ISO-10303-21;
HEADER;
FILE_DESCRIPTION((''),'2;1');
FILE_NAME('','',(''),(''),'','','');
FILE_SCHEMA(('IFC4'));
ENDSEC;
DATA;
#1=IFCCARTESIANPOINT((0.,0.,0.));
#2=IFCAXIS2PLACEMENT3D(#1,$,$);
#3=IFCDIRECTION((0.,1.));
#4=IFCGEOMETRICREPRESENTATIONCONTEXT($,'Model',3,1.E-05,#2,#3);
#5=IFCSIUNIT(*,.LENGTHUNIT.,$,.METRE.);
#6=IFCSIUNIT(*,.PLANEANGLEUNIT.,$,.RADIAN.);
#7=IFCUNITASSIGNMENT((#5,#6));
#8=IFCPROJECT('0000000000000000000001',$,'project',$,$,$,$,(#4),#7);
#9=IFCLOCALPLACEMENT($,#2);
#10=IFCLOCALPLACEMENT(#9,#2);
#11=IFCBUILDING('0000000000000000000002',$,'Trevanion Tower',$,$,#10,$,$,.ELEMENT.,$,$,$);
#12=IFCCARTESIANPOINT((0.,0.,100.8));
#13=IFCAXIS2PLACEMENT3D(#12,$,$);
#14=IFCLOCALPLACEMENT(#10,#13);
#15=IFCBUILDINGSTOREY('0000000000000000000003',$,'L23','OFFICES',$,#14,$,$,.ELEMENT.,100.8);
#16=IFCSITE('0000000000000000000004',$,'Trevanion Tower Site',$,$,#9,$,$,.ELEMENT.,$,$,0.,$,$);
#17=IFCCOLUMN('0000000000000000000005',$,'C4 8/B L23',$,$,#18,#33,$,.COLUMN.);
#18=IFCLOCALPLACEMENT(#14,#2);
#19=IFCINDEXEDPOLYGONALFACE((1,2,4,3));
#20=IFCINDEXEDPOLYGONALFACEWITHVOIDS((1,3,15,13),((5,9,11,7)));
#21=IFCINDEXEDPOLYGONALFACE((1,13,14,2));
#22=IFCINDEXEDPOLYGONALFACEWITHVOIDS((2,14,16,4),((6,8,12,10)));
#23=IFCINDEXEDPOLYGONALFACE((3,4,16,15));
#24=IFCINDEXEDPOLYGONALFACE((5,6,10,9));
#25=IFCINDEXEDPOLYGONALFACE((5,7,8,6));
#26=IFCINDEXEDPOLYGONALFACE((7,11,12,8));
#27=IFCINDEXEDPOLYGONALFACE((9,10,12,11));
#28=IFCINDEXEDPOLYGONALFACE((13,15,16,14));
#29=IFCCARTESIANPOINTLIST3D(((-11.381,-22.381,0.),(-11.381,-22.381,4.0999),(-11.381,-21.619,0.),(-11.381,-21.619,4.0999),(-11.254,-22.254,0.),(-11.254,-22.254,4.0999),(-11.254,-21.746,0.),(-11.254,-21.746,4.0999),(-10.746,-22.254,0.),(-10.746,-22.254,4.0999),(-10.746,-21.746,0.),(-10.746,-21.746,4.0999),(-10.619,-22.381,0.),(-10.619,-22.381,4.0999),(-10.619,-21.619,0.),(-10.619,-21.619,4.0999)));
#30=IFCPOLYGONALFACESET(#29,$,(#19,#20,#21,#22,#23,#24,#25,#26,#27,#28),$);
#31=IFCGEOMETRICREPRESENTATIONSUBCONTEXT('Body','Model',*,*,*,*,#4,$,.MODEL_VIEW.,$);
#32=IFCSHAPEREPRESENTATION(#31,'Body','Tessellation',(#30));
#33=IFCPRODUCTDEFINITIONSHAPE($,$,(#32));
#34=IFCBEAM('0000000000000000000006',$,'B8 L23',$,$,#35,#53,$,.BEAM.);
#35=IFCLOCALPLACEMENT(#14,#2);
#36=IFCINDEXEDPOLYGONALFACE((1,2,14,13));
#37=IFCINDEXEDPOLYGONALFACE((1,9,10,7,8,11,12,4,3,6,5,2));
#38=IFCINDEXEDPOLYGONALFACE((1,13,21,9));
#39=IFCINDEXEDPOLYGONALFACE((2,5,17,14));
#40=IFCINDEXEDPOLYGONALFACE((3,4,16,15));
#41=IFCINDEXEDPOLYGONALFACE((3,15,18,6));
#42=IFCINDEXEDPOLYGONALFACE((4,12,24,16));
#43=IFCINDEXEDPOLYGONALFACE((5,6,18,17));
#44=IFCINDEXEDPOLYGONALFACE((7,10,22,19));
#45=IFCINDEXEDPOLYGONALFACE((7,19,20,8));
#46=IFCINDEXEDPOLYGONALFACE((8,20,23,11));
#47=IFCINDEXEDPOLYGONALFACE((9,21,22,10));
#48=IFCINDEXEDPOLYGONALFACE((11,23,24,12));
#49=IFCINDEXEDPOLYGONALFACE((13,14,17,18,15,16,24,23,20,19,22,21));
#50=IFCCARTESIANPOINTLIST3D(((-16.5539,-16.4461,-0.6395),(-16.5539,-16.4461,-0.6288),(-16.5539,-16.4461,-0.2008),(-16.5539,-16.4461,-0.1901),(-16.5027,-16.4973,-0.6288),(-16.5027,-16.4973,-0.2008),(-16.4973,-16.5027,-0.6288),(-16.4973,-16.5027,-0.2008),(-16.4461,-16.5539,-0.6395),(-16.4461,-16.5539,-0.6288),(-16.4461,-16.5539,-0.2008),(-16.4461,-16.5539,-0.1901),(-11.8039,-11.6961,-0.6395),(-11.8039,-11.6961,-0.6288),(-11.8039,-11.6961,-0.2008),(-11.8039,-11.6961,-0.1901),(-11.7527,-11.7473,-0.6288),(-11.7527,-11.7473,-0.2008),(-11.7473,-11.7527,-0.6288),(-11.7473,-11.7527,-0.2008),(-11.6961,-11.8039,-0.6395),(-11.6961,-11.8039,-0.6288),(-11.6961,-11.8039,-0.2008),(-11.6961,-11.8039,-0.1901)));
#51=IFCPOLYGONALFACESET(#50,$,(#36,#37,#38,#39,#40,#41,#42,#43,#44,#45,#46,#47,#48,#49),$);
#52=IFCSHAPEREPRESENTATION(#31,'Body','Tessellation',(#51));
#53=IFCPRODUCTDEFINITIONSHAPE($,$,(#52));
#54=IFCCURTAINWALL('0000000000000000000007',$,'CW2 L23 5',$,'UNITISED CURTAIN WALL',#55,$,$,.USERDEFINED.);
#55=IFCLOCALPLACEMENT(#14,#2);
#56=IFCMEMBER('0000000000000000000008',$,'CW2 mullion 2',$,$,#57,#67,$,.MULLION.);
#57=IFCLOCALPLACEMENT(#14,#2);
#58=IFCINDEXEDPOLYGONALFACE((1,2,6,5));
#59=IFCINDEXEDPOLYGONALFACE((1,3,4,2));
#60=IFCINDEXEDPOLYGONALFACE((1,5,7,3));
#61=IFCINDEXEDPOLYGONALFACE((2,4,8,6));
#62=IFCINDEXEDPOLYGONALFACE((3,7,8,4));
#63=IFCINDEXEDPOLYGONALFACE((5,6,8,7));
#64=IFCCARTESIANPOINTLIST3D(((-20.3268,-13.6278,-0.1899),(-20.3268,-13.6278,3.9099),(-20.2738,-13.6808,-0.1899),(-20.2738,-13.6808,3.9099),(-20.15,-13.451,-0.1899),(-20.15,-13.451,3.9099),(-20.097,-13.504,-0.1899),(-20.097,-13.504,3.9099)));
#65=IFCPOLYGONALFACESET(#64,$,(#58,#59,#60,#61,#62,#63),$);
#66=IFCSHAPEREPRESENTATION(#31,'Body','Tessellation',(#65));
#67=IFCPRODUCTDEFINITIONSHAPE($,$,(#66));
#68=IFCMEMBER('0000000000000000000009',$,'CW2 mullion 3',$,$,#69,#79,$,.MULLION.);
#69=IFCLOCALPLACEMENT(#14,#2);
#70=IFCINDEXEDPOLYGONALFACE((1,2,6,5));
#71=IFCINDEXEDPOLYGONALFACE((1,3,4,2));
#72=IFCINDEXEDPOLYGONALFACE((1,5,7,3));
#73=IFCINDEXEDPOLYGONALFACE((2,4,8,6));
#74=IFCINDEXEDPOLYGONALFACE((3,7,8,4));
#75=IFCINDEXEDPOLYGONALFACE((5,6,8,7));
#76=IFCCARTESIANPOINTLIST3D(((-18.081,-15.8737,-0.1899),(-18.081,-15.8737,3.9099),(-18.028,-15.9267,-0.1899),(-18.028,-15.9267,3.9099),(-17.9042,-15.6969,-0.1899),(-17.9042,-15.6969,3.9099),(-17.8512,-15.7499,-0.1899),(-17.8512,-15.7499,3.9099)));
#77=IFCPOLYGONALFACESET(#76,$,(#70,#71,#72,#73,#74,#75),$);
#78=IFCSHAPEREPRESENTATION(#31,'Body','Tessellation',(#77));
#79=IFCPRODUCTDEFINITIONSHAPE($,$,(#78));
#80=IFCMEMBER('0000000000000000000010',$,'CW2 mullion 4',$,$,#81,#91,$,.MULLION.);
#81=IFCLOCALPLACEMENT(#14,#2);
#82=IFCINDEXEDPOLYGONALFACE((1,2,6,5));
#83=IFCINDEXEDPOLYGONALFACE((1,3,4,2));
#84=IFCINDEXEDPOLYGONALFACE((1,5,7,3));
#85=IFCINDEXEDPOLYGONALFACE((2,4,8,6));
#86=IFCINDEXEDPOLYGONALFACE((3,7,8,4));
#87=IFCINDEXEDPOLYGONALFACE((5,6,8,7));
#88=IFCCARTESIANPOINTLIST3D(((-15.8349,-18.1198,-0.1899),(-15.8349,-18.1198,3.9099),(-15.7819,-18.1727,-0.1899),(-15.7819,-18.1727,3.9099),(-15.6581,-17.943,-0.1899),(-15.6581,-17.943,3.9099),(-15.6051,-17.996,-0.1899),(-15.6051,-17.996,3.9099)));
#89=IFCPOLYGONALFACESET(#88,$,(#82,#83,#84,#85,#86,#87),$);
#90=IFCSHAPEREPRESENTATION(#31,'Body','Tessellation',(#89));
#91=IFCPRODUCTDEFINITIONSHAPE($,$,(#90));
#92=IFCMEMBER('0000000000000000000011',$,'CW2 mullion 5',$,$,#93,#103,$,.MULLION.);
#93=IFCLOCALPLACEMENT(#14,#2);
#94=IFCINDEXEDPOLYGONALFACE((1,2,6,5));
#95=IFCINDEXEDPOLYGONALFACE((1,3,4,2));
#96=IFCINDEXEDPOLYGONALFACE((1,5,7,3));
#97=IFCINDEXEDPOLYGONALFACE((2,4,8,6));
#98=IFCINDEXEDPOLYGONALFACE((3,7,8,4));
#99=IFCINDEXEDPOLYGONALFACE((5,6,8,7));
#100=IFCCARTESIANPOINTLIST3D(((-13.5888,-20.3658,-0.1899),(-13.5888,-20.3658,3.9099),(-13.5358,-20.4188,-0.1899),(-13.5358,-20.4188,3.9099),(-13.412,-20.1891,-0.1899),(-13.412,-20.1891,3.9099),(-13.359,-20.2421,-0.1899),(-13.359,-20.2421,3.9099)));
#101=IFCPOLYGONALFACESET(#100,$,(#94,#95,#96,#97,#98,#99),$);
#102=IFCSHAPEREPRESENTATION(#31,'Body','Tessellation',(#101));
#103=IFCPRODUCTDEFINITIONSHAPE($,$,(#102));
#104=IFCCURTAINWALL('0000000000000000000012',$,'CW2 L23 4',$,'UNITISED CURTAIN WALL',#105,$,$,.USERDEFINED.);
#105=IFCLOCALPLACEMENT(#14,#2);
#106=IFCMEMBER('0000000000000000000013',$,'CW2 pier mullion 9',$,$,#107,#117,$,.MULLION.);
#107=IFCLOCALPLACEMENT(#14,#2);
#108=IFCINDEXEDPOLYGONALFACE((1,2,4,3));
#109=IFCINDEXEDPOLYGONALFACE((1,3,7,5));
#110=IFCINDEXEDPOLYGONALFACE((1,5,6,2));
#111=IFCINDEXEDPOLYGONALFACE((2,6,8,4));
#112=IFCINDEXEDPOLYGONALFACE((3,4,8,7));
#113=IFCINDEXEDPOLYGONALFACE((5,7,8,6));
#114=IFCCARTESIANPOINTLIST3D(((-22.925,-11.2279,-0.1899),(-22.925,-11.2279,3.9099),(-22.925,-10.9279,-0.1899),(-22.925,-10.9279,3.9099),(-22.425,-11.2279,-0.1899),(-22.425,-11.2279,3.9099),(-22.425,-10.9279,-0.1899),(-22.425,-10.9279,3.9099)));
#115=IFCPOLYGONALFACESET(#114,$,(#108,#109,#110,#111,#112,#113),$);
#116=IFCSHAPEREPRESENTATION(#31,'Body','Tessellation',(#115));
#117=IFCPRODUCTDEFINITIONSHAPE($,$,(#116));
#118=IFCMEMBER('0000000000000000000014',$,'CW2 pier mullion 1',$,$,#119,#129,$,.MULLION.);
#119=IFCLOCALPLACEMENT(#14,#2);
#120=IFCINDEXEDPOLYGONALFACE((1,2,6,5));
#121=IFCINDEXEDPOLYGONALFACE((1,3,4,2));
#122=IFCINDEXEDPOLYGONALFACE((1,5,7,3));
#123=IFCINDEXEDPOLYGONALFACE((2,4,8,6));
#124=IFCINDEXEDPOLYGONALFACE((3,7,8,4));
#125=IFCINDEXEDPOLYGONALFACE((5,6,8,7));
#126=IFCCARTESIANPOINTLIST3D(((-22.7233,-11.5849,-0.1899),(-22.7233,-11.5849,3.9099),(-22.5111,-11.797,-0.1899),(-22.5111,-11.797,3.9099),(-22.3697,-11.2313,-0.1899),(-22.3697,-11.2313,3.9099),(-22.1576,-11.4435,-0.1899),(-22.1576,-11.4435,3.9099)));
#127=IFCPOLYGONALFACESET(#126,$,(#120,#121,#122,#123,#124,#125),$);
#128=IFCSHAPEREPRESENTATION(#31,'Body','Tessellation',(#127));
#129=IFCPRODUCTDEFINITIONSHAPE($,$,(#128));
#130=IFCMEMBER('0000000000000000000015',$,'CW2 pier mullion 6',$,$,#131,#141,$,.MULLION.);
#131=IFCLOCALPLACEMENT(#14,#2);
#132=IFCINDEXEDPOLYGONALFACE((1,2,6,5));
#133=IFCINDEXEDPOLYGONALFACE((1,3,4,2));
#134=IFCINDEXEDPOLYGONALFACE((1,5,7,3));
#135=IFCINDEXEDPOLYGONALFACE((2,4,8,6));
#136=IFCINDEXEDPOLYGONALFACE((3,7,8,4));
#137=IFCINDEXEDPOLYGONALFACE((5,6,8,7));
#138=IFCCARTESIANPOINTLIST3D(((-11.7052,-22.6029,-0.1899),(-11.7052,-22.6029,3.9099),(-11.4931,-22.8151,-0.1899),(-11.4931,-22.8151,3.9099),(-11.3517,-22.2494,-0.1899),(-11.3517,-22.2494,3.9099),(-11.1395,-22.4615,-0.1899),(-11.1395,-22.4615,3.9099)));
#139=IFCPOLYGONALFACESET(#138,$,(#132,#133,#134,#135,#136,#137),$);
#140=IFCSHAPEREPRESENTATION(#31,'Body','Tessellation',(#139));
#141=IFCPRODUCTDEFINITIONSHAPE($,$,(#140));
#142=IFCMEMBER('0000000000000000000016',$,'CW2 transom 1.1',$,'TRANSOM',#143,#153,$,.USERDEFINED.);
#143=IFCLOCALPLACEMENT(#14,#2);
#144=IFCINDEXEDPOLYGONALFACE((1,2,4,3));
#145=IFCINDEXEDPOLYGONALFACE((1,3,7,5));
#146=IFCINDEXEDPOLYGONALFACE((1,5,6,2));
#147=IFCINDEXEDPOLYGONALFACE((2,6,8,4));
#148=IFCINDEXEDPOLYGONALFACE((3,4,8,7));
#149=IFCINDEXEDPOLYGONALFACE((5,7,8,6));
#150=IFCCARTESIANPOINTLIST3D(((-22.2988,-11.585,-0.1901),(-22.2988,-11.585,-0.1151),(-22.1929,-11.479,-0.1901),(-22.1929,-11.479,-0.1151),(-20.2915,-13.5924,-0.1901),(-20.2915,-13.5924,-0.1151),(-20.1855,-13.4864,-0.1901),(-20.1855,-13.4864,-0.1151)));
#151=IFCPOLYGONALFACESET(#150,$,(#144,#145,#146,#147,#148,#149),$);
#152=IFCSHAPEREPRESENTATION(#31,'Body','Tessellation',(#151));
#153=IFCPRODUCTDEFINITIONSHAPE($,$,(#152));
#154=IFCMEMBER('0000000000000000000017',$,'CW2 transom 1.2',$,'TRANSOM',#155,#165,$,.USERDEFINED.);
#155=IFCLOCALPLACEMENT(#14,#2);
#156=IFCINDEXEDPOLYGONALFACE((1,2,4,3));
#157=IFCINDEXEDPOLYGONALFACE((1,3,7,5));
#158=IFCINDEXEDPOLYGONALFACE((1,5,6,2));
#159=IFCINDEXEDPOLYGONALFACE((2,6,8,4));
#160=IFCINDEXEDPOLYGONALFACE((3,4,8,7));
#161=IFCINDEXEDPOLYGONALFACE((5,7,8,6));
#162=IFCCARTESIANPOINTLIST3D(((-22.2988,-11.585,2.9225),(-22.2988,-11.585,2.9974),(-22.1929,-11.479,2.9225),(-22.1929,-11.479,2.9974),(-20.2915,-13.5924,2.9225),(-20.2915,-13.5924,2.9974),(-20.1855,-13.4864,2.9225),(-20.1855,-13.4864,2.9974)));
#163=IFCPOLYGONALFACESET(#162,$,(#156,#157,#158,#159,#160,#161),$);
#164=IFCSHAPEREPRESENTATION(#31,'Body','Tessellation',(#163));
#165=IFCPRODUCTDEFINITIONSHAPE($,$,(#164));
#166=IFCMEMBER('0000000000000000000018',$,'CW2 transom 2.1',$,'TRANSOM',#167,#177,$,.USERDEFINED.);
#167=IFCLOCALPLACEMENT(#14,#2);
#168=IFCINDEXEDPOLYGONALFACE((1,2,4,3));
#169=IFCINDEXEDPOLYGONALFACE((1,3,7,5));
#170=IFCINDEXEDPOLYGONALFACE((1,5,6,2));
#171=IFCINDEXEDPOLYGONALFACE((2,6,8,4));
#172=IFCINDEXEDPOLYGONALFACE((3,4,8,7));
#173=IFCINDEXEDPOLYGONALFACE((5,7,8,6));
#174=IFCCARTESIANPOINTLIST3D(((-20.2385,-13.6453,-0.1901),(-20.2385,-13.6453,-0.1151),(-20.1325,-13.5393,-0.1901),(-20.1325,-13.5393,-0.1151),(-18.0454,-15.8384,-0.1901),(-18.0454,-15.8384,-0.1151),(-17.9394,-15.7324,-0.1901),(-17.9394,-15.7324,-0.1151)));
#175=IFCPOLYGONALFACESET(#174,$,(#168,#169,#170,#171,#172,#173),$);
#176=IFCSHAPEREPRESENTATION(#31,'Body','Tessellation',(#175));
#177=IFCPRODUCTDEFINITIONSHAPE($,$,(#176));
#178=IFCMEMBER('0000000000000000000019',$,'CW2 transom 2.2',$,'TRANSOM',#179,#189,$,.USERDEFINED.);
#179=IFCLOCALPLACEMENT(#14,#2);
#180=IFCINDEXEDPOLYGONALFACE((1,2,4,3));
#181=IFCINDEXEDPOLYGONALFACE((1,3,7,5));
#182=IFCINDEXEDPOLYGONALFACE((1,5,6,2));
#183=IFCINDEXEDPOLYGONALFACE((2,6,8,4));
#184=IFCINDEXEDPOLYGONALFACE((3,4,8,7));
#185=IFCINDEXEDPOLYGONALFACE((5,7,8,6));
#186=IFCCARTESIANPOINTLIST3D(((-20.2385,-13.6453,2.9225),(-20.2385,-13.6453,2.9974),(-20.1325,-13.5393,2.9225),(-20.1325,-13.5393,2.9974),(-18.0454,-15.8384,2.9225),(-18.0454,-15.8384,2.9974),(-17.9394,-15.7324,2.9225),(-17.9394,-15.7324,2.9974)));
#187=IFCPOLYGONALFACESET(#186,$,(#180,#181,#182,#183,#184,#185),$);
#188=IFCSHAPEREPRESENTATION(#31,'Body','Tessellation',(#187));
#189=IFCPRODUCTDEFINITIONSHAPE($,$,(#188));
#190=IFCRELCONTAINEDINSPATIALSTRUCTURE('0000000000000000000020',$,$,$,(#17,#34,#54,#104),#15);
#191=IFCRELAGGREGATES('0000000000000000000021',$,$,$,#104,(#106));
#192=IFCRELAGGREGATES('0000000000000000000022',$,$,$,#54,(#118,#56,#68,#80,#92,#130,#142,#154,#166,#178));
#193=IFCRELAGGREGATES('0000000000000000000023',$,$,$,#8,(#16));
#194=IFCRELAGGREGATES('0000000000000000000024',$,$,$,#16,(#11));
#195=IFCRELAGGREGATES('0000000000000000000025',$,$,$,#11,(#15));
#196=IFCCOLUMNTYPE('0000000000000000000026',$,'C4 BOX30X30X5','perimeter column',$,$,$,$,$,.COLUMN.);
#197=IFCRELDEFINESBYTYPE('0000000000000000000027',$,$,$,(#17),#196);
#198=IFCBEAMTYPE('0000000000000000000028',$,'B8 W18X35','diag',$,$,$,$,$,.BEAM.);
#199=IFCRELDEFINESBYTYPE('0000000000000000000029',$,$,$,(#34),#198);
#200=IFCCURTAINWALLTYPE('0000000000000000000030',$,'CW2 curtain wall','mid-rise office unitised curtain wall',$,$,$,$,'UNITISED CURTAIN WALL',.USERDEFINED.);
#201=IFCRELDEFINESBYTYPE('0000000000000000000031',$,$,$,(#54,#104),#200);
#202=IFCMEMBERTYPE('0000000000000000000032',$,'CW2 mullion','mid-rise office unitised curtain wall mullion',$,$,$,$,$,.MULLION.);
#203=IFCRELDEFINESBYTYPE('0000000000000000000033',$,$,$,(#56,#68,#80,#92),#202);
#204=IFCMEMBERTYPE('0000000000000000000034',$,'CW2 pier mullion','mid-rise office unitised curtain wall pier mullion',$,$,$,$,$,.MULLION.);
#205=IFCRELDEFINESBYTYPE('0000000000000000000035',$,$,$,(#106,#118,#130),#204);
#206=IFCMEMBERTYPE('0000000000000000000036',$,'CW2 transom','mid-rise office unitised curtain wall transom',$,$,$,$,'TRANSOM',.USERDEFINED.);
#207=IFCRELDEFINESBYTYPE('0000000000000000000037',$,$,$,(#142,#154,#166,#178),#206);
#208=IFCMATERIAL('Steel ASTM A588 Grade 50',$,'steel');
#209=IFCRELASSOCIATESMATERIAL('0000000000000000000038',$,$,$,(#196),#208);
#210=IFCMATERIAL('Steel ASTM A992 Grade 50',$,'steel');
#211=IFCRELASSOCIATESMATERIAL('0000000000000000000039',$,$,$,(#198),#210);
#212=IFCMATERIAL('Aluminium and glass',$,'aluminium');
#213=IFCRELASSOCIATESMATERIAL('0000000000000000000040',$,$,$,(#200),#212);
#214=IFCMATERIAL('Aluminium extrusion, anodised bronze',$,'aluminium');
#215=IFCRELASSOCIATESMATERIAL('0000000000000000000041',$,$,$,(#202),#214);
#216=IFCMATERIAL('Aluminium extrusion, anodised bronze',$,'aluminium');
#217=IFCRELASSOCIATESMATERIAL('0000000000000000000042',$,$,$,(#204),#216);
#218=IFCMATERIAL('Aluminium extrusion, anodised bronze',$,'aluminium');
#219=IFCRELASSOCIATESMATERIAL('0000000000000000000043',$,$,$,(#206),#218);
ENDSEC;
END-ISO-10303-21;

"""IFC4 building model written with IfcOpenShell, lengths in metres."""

from ifc_helpers import new_model, si_unit, direction, frame, origin, origin_2d, place, context, subcontext, project, spatial, rectangle, hollow_rectangle, i_section, extrude, material, material_profile, profile_set, type_object, element, aggregate, save


model = new_model("IFC4")

# Units and contexts
model_context = context("Model", 3, precision=1e-05, world=origin(), true_north=direction((0.0, 1.0)))
body_context = subcontext(model_context, "Body", "Model", "MODEL_VIEW")
ifc_project = project(units=[si_unit("LENGTHUNIT", "METRE"), si_unit("PLANEANGLEUNIT", "RADIAN")], contexts=[model_context])

# Site, building, storey
site_placement = place(None, origin())
site = spatial("IfcSite", under=ifc_project, at=site_placement, Name="Trevanion Tower Site", CompositionType="ELEMENT", RefElevation=0.0)
building_placement = place(site_placement, origin())
building = spatial("IfcBuilding", under=site, at=building_placement, Name="Trevanion Tower", CompositionType="ELEMENT")
storey_placement = place(building_placement, frame((0.0, 0.0, 100.8)))
storey = spatial("IfcBuildingStorey", under=building, at=storey_placement, Name="L23", Description="OFFICES", CompositionType="ELEMENT", Elevation=100.8)

# Column
ifc_material_1 = material(Name="Steel ASTM A588 Grade 50", Category="steel")
ifc_material_profile_1 = material_profile(ifc_material_1, hollow_rectangle(XDim=0.762, YDim=0.762, WallThickness=0.127, at=origin_2d()), Name="BOX30X30X5")
ifc_profile_set_1 = profile_set([ifc_material_profile_1], Name="Steel ASTM A588 Grade 50")
column_type = type_object("IfcColumnType", Name="C4 BOX30X30X5", Description="perimeter column", PredefinedType="COLUMN", material=ifc_profile_set_1)
column_placement = place(storey_placement, frame((-11.0, -22.0, 0.0), z_axis=(0.0, 0.0, 1.0), x_axis=(1.0, 0.0, 0.0)))
element("IfcColumn", 1, at=column_placement, inside=storey, type_object=column_type, Name="C4 8/B L23", PredefinedType="COLUMN", context=body_context, shape_type="SweptSolid", body=[
    extrude(hollow_rectangle(XDim=0.762, YDim=0.762, WallThickness=0.127, at=origin_2d()), origin(), (0.0, 0.0, 1.0), 4.0999),
])

# Beam
ifc_material_2 = material(Name="Steel ASTM A992 Grade 50", Category="steel")
ifc_material_profile_2 = material_profile(ifc_material_2, i_section(OverallWidth=0.1523, OverallDepth=0.4495, WebThickness=0.0076, FlangeThickness=0.0107, at=origin_2d()), Name="W18X35")
ifc_profile_set_2 = profile_set([ifc_material_profile_2], Name="Steel ASTM A992 Grade 50")
beam_type_1 = type_object("IfcBeamType", Name="B8 W18X35", Description="diag", PredefinedType="BEAM", material=ifc_profile_set_2)
beam_1_placement = place(storey_placement, frame((-11.75, -11.75, -0.4148), z_axis=(-0.707107, -0.707107, 0.0), x_axis=(0.707107, -0.707107, 0.0)))
element("IfcBeam", 2, at=beam_1_placement, inside=storey, type_object=beam_type_1, Name="B8 L23", PredefinedType="BEAM", context=body_context, shape_type="SweptSolid", body=[
    extrude(i_section(OverallWidth=0.1523, OverallDepth=0.4495, WebThickness=0.0076, FlangeThickness=0.0107, at=origin_2d()), origin(), (0.0, 0.0, 1.0), 6.7175),
])

# Curtain wall, members
ifc_material_3 = material(Name="Aluminium and glass", Category="aluminium")
curtain_wall_type = type_object("IfcCurtainWallType", Name="CW2 curtain wall", Description="mid-rise office unitised curtain wall", ElementType="UNITISED CURTAIN WALL", PredefinedType="USERDEFINED", material=ifc_material_3)
curtain_wall_1_placement = place(storey_placement, origin())
curtain_wall_1 = element("IfcCurtainWall", 3, at=curtain_wall_1_placement, inside=storey, type_object=curtain_wall_type, Name="CW2 L23 5", ObjectType="UNITISED CURTAIN WALL", PredefinedType="USERDEFINED")
ifc_material_4 = material(Name="Aluminium extrusion, anodised bronze", Category="aluminium")
ifc_material_profile_3 = material_profile(ifc_material_4, rectangle(XDim=0.075, YDim=0.25, at=origin_2d()), Name="CW2 mullion")
ifc_profile_set_3 = profile_set([ifc_material_profile_3], Name="Aluminium extrusion, anodised bronze")
member_type_1 = type_object("IfcMemberType", Name="CW2 mullion", Description="mid-rise office unitised curtain wall mullion", PredefinedType="MULLION", material=ifc_profile_set_3)
member_1_placement = place(storey_placement, frame((-20.2119, -13.5659, -0.1899), z_axis=(0.0, 0.0, 1.0), x_axis=(0.707107, -0.707107, 0.0)))
member_1 = element("IfcMember", 4, at=member_1_placement, type_object=member_type_1, Name="CW2 mullion 2", PredefinedType="MULLION", context=body_context, shape_type="SweptSolid", body=[
    extrude(rectangle(XDim=0.075, YDim=0.25, at=origin_2d()), origin(), (0.0, 0.0, 1.0), 4.0999),
])
member_2_placement = place(storey_placement, frame((-17.9661, -15.8118, -0.1899), z_axis=(0.0, 0.0, 1.0), x_axis=(0.707107, -0.707107, 0.0)))
member_2 = element("IfcMember", 5, at=member_2_placement, type_object=member_type_1, Name="CW2 mullion 3", PredefinedType="MULLION", context=body_context, shape_type="SweptSolid", body=[
    extrude(rectangle(XDim=0.075, YDim=0.25, at=origin_2d()), origin(), (0.0, 0.0, 1.0), 4.0999),
])
member_3_placement = place(storey_placement, frame((-15.72, -18.0579, -0.1899), z_axis=(0.0, 0.0, 1.0), x_axis=(0.707107, -0.707107, 0.0)))
member_3 = element("IfcMember", 6, at=member_3_placement, type_object=member_type_1, Name="CW2 mullion 4", PredefinedType="MULLION", context=body_context, shape_type="SweptSolid", body=[
    extrude(rectangle(XDim=0.075, YDim=0.25, at=origin_2d()), origin(), (0.0, 0.0, 1.0), 4.0999),
])
member_4_placement = place(storey_placement, frame((-13.4739, -20.304, -0.1899), z_axis=(0.0, 0.0, 1.0), x_axis=(0.707107, -0.707107, 0.0)))
member_4 = element("IfcMember", 7, at=member_4_placement, type_object=member_type_1, Name="CW2 mullion 5", PredefinedType="MULLION", context=body_context, shape_type="SweptSolid", body=[
    extrude(rectangle(XDim=0.075, YDim=0.25, at=origin_2d()), origin(), (0.0, 0.0, 1.0), 4.0999),
])

# Curtain wall, member
curtain_wall_2_placement = place(storey_placement, origin())
curtain_wall_2 = element("IfcCurtainWall", 8, at=curtain_wall_2_placement, inside=storey, type_object=curtain_wall_type, Name="CW2 L23 4", ObjectType="UNITISED CURTAIN WALL", PredefinedType="USERDEFINED")
ifc_material_5 = material(Name="Aluminium extrusion, anodised bronze", Category="aluminium")
ifc_material_profile_4 = material_profile(ifc_material_5, rectangle(XDim=0.3, YDim=0.5, at=origin_2d()), Name="CW2 pier mullion")
ifc_profile_set_4 = profile_set([ifc_material_profile_4], Name="Aluminium extrusion, anodised bronze")
member_type_2 = type_object("IfcMemberType", Name="CW2 pier mullion", Description="mid-rise office unitised curtain wall pier mullion", PredefinedType="MULLION", material=ifc_profile_set_4)
member_5_placement = place(storey_placement, frame((-22.675, -11.0779, -0.1899), z_axis=(0.0, 0.0, 1.0), x_axis=(0.0, -1.0, 0.0)))
member_5 = element("IfcMember", 9, at=member_5_placement, type_object=member_type_2, Name="CW2 pier mullion 9", PredefinedType="MULLION", context=body_context, shape_type="SweptSolid", body=[
    extrude(rectangle(XDim=0.3, YDim=0.5, at=origin_2d()), origin(), (0.0, 0.0, 1.0), 4.0999),
])
aggregate(curtain_wall_2, [member_5])

# Members
member_6_placement = place(storey_placement, frame((-22.4404, -11.5142, -0.1899), z_axis=(0.0, 0.0, 1.0), x_axis=(0.707107, -0.707107, 0.0)))
member_6 = element("IfcMember", 10, at=member_6_placement, type_object=member_type_2, Name="CW2 pier mullion 1", PredefinedType="MULLION", context=body_context, shape_type="SweptSolid", body=[
    extrude(rectangle(XDim=0.3, YDim=0.5, at=origin_2d()), origin(), (0.0, 0.0, 1.0), 4.0999),
])
member_7_placement = place(storey_placement, frame((-11.4224, -22.5322, -0.1899), z_axis=(0.0, 0.0, 1.0), x_axis=(0.707107, -0.707107, 0.0)))
member_7 = element("IfcMember", 11, at=member_7_placement, type_object=member_type_2, Name="CW2 pier mullion 6", PredefinedType="MULLION", context=body_context, shape_type="SweptSolid", body=[
    extrude(rectangle(XDim=0.3, YDim=0.5, at=origin_2d()), origin(), (0.0, 0.0, 1.0), 4.0999),
])
ifc_material_6 = material(Name="Aluminium extrusion, anodised bronze", Category="aluminium")
ifc_material_profile_5 = material_profile(ifc_material_6, rectangle(XDim=0.1499, YDim=0.075, at=origin_2d()), Name="CW2 transom")
ifc_profile_set_5 = profile_set([ifc_material_profile_5], Name="Aluminium extrusion, anodised bronze")
member_type_3 = type_object("IfcMemberType", Name="CW2 transom", Description="mid-rise office unitised curtain wall transom", ElementType="TRANSOM", PredefinedType="USERDEFINED", material=ifc_profile_set_5)
member_8_placement = place(storey_placement, frame((-22.2458, -11.532, -0.1526), z_axis=(0.707107, -0.707107, 0.0), x_axis=(0.707107, 0.707107, 0.0)))
member_8 = element("IfcMember", 12, at=member_8_placement, type_object=member_type_3, Name="CW2 transom 1.1", ObjectType="TRANSOM", PredefinedType="USERDEFINED", context=body_context, shape_type="SweptSolid", body=[
    extrude(rectangle(XDim=0.1499, YDim=0.075, at=origin_2d()), origin(), (0.0, 0.0, 1.0), 2.8389),
])
member_9_placement = place(storey_placement, frame((-22.2458, -11.532, 2.96), z_axis=(0.707107, -0.707107, 0.0), x_axis=(0.707107, 0.707107, 0.0)))
member_9 = element("IfcMember", 13, at=member_9_placement, type_object=member_type_3, Name="CW2 transom 1.2", ObjectType="TRANSOM", PredefinedType="USERDEFINED", context=body_context, shape_type="SweptSolid", body=[
    extrude(rectangle(XDim=0.1499, YDim=0.075, at=origin_2d()), origin(), (0.0, 0.0, 1.0), 2.8389),
])
member_10_placement = place(storey_placement, frame((-20.1855, -13.5923, -0.1526), z_axis=(0.707107, -0.707107, 0.0), x_axis=(0.707107, 0.707107, 0.0)))
member_10 = element("IfcMember", 14, at=member_10_placement, type_object=member_type_3, Name="CW2 transom 2.1", ObjectType="TRANSOM", PredefinedType="USERDEFINED", context=body_context, shape_type="SweptSolid", body=[
    extrude(rectangle(XDim=0.1499, YDim=0.075, at=origin_2d()), origin(), (0.0, 0.0, 1.0), 3.1016),
])
member_11_placement = place(storey_placement, frame((-20.1855, -13.5923, 2.96), z_axis=(0.707107, -0.707107, 0.0), x_axis=(0.707107, 0.707107, 0.0)))
member_11 = element("IfcMember", 15, at=member_11_placement, type_object=member_type_3, Name="CW2 transom 2.2", ObjectType="TRANSOM", PredefinedType="USERDEFINED", context=body_context, shape_type="SweptSolid", body=[
    extrude(rectangle(XDim=0.1499, YDim=0.075, at=origin_2d()), origin(), (0.0, 0.0, 1.0), 3.1016),
])

aggregate(curtain_wall_1, [member_6, member_1, member_2, member_3, member_4, member_7, member_8, member_9, member_10, member_11])

save(model, "model.ifc")
